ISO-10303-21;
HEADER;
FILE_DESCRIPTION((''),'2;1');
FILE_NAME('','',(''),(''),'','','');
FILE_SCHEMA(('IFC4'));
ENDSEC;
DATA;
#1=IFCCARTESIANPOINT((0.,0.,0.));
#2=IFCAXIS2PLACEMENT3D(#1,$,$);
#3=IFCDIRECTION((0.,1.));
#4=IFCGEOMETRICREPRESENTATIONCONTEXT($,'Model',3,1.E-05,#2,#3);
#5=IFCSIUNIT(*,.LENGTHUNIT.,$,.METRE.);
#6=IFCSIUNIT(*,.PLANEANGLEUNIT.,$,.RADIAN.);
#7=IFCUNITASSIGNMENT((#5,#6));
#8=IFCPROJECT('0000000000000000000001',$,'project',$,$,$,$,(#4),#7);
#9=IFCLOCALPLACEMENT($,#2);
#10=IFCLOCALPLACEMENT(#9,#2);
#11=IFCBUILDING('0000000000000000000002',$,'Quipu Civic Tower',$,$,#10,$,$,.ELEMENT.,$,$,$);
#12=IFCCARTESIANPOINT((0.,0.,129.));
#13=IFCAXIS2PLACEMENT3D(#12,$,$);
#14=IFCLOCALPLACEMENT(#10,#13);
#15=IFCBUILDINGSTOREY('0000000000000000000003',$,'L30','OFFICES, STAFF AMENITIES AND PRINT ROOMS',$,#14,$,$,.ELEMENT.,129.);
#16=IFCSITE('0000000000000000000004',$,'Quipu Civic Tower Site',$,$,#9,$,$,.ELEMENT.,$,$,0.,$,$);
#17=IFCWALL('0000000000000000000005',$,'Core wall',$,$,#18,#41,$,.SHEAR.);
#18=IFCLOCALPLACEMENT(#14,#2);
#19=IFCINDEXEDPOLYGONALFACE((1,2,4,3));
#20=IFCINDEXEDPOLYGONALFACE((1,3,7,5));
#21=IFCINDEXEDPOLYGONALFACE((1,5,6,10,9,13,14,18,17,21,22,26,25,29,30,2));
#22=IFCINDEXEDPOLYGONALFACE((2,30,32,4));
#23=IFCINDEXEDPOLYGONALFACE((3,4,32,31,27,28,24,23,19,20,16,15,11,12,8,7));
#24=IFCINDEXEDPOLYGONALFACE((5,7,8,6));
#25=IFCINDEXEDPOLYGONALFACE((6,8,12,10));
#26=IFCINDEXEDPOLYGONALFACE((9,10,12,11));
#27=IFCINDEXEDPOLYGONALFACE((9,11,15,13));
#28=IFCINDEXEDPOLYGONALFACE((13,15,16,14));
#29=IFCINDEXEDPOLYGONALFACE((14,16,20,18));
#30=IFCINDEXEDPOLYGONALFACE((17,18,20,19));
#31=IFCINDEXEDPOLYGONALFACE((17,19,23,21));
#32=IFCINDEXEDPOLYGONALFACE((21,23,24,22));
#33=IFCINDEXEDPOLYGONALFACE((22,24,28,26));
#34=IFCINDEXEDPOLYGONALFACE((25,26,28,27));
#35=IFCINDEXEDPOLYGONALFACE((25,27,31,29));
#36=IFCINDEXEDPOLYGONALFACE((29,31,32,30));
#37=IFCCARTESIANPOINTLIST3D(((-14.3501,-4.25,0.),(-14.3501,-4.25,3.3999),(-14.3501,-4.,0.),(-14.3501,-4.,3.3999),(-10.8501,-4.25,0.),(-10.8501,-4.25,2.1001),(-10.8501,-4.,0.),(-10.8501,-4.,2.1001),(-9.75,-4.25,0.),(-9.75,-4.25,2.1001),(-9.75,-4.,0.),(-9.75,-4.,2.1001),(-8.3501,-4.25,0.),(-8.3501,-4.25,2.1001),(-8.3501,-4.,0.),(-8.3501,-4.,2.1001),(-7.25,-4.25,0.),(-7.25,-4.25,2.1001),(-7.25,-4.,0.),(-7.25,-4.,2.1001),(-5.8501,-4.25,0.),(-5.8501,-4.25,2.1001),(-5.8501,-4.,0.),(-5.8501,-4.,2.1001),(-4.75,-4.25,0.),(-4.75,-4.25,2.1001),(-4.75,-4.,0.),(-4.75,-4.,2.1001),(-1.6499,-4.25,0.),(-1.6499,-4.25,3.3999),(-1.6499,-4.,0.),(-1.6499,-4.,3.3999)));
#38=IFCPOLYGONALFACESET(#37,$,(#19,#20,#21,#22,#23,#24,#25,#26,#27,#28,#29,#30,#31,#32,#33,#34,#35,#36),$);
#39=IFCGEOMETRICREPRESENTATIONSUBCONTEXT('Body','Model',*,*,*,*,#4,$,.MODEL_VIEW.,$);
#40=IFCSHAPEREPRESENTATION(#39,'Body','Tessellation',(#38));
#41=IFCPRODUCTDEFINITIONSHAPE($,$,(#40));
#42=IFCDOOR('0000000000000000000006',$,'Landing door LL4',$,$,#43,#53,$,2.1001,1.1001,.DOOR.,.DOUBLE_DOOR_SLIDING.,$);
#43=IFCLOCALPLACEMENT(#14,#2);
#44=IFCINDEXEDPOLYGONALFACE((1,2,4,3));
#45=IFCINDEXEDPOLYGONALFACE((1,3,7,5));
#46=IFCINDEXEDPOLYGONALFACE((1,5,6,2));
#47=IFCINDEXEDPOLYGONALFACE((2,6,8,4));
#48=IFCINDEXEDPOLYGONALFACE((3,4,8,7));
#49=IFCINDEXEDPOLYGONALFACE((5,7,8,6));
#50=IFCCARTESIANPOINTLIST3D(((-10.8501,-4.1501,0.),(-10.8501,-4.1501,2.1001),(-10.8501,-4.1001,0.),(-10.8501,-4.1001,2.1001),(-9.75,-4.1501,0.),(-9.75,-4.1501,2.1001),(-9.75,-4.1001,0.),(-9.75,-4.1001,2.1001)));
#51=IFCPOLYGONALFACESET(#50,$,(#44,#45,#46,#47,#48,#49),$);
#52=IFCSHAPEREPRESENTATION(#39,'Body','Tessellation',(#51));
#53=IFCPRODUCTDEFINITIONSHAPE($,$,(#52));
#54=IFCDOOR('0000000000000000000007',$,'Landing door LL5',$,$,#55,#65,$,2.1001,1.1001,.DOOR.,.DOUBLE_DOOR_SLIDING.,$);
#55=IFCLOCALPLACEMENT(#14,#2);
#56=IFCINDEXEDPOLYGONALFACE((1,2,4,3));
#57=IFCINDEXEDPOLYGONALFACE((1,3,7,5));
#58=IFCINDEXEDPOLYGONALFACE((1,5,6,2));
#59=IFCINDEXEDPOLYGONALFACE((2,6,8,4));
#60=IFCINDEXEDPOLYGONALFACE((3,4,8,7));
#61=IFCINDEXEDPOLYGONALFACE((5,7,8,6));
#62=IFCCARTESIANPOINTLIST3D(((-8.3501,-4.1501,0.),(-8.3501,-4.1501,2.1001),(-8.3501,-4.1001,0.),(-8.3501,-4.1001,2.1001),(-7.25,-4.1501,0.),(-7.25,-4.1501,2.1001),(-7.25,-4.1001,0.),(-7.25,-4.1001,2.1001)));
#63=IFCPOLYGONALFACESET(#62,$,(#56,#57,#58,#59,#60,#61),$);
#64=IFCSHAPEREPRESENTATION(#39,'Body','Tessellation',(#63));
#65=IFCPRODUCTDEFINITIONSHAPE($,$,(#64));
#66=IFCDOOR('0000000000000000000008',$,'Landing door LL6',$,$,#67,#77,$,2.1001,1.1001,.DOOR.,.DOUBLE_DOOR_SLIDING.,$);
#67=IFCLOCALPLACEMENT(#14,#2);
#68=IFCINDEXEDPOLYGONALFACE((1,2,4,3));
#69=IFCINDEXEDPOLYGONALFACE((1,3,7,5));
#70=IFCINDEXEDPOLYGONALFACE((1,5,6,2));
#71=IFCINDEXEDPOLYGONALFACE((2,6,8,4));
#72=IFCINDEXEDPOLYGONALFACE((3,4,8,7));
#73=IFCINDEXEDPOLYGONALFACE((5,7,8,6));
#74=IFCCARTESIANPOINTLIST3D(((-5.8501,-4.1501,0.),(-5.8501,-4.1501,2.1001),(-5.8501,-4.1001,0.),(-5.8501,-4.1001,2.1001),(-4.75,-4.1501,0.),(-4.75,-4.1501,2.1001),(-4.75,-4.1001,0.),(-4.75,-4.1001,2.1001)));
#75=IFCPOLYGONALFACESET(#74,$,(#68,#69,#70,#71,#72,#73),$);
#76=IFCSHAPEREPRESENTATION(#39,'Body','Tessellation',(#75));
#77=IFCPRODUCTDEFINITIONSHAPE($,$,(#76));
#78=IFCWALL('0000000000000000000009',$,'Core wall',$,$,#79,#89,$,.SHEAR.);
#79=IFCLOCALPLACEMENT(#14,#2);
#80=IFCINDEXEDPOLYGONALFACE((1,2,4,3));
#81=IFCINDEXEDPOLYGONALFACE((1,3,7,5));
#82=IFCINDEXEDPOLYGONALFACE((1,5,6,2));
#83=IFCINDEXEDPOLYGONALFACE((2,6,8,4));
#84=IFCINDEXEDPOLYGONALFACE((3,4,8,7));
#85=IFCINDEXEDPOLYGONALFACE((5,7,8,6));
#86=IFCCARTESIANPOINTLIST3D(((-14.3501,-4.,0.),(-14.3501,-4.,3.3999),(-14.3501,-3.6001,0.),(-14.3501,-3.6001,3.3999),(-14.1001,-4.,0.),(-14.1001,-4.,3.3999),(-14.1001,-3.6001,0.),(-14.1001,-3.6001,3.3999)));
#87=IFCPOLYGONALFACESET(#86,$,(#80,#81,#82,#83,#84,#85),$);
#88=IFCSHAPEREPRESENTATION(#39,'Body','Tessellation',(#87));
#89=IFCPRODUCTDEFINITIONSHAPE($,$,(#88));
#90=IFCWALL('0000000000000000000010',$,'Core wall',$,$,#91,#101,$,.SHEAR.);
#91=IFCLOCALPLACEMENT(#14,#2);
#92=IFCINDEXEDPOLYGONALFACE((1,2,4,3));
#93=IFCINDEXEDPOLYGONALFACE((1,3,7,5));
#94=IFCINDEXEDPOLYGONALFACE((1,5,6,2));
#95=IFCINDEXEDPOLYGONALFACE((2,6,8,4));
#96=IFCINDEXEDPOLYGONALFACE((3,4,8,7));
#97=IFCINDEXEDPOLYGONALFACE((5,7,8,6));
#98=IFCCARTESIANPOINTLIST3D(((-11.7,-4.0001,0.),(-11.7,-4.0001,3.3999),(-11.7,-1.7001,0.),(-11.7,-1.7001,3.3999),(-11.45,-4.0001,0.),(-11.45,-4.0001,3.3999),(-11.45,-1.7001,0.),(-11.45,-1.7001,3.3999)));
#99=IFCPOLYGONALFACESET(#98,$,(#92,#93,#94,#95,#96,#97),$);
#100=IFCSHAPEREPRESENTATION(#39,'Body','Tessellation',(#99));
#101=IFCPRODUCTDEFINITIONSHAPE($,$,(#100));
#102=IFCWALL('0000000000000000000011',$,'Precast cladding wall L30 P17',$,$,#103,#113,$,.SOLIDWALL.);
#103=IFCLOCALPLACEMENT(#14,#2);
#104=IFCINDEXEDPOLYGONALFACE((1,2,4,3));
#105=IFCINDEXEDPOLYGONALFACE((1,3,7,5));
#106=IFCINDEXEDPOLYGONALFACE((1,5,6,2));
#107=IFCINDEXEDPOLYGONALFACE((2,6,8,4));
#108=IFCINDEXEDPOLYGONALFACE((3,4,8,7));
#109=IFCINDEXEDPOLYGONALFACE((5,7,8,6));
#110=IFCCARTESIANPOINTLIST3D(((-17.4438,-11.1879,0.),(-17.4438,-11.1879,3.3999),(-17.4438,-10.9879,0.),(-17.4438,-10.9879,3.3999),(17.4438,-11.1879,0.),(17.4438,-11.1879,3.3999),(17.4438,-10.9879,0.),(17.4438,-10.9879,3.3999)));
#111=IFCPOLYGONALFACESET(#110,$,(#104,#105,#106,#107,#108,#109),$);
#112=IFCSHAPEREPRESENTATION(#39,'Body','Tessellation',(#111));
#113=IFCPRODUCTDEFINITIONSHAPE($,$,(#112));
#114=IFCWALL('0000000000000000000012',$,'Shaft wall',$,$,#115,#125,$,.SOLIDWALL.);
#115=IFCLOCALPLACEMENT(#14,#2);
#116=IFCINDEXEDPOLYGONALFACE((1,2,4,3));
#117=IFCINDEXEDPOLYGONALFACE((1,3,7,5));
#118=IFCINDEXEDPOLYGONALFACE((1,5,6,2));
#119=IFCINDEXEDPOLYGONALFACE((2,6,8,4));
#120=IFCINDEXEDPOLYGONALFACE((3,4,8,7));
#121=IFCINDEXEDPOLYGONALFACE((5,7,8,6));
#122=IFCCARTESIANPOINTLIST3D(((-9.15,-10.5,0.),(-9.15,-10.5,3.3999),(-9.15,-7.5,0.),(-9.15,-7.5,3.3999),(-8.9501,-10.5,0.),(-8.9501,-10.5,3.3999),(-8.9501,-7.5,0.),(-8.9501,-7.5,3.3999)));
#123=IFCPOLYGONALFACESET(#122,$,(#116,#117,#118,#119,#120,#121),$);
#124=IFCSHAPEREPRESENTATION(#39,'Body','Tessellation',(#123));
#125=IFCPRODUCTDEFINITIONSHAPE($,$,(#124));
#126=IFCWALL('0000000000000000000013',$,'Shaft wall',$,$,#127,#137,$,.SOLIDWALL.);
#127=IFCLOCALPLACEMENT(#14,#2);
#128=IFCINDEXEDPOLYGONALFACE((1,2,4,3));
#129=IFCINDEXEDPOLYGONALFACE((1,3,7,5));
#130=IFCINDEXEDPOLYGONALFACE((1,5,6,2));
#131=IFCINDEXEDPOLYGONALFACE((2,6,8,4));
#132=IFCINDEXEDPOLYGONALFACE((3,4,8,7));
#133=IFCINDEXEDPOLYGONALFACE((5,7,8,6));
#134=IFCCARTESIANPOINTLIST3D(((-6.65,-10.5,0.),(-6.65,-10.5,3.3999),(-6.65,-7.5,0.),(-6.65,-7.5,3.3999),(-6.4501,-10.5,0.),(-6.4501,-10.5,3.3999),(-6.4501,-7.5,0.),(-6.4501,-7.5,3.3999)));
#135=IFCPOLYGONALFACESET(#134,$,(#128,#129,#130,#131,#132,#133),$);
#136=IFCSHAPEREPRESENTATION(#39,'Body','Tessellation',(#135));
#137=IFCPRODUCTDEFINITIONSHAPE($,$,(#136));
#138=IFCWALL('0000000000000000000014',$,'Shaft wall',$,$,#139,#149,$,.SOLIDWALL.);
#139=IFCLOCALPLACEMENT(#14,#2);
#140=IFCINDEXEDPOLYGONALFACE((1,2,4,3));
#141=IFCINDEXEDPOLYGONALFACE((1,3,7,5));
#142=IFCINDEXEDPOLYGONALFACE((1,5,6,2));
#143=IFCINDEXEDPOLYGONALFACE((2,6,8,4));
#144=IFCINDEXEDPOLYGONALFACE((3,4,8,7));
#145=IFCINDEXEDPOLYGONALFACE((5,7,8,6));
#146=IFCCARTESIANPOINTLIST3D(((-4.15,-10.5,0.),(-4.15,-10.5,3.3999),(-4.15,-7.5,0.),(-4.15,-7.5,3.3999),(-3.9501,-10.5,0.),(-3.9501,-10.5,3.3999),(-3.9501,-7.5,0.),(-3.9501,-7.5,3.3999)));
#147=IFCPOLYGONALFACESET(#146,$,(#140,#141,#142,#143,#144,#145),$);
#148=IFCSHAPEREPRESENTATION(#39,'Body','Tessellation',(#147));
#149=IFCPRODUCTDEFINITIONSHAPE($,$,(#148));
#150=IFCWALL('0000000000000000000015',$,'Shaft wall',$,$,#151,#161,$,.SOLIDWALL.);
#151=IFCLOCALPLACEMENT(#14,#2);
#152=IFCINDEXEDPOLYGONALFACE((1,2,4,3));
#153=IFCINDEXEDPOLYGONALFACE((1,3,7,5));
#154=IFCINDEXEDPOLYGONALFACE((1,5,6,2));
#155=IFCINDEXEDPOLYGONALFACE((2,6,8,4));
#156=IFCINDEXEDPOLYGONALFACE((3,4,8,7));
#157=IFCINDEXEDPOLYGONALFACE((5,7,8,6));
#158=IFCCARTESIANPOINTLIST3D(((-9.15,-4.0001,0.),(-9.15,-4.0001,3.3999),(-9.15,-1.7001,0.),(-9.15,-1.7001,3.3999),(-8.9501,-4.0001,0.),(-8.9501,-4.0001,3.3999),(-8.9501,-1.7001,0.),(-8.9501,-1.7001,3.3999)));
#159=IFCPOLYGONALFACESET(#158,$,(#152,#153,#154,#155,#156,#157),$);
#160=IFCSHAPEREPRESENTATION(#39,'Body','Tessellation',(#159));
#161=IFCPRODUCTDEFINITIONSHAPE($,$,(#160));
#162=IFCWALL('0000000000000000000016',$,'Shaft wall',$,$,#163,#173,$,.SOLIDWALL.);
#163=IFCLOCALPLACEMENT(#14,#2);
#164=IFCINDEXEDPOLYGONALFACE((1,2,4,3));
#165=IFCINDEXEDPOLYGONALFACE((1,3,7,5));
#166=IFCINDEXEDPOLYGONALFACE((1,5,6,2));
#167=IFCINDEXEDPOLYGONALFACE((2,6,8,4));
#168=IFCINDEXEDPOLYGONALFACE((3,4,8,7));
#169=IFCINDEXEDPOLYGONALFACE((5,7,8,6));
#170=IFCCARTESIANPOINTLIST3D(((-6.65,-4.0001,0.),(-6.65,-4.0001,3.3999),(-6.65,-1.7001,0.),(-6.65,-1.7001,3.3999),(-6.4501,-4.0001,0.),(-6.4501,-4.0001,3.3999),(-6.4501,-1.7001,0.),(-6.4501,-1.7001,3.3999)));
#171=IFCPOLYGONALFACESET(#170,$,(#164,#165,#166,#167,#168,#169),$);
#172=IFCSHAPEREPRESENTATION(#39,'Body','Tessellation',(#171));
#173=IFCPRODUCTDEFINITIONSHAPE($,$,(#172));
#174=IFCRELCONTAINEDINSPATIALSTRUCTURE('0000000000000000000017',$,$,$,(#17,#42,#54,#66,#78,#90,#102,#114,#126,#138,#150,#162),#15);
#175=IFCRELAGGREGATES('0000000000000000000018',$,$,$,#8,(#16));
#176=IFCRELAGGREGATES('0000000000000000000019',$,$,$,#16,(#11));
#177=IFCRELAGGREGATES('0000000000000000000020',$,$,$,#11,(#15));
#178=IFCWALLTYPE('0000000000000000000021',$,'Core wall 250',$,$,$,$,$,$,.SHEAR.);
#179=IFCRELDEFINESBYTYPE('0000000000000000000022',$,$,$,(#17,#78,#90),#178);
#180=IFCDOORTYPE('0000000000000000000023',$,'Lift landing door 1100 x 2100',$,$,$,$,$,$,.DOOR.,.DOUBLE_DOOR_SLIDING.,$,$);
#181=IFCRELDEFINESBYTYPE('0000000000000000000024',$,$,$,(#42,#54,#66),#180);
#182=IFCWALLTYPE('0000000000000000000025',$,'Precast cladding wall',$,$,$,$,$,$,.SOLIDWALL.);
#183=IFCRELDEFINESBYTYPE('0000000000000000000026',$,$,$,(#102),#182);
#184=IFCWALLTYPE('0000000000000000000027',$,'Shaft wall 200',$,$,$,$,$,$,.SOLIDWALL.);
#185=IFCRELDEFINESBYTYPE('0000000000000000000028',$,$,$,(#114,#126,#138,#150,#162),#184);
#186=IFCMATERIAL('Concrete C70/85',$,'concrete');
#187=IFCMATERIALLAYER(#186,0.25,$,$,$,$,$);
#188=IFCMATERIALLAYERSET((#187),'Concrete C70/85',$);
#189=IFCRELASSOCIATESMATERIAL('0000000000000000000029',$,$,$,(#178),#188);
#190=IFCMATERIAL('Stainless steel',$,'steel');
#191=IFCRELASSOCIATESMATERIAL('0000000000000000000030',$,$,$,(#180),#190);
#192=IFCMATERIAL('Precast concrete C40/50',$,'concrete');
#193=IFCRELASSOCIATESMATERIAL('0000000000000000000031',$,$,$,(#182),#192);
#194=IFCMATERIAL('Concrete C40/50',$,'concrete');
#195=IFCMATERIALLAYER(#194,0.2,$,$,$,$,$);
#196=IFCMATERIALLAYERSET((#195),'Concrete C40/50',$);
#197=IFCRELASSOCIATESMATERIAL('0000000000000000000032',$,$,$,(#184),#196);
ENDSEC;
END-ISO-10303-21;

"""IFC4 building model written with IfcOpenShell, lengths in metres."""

from ifc_helpers import new_model, si_unit, direction, frame, frame_2d, origin, place, context, subcontext, project, spatial, rectangle, extrude, material, layer, layer_set, type_object, element, fill, save


model = new_model("IFC4")

# Units and contexts
model_context = context("Model", 3, precision=1e-05, world=origin(), true_north=direction((0.0, 1.0)))
body_context = subcontext(model_context, "Body", "Model", "MODEL_VIEW")
ifc_project = project(units=[si_unit("LENGTHUNIT", "METRE"), si_unit("PLANEANGLEUNIT", "RADIAN")], contexts=[model_context])

# Site, building, storey
site_placement = place(None, origin())
site = spatial("IfcSite", under=ifc_project, at=site_placement, Name="Quipu Civic Tower Site", CompositionType="ELEMENT", RefElevation=0.0)
building_placement = place(site_placement, origin())
building = spatial("IfcBuilding", under=site, at=building_placement, Name="Quipu Civic Tower", CompositionType="ELEMENT")
storey_placement = place(building_placement, frame((0.0, 0.0, 129.0)))
storey = spatial("IfcBuildingStorey", under=building, at=storey_placement, Name="L30", Description="OFFICES, STAFF AMENITIES AND PRINT ROOMS", CompositionType="ELEMENT", Elevation=129.0)

# Shared definitions
ifc_material_1 = material(Name="Concrete C70/85", Category="concrete")
ifc_layer_1 = layer(ifc_material_1, 0.25)
ifc_layer_set_1 = layer_set([ifc_layer_1], Name="Concrete C70/85")
wall_type_1 = type_object("IfcWallType", Name="Core wall 250", PredefinedType="SHEAR", material=ifc_layer_set_1)

# Wall, openings, doors
wall_1_placement = place(storey_placement, frame((-14.3501, -4.125, 0.0), z_axis=(0.0, 0.0, 1.0), x_axis=(1.0, 0.0, 0.0)))
wall_1 = element("IfcWall", 1, at=wall_1_placement, inside=storey, type_object=wall_type_1, Name="Core wall", PredefinedType="SHEAR", context=body_context, shape_type="SweptSolid", body=[
    extrude(rectangle(XDim=12.7002, YDim=0.25, at=frame_2d((6.3501, 0.0))), origin(), (0.0, 0.0, 1.0), 3.3999),
])
opening_1_placement = place(wall_1_placement, frame((3.5, 0.0, 0.0)))
opening_1 = element("IfcOpeningElement", 2, at=opening_1_placement, cuts=wall_1, PredefinedType="OPENING", context=body_context, shape_type="SweptSolid", body=[
    extrude(rectangle(XDim=1.1001, YDim=2.1001, at=frame_2d((0.55, 1.05))), frame((0.0, 0.135, 0.0), z_axis=(0.0, -1.0, 0.0), x_axis=(1.0, 0.0, 0.0)), (0.0, 0.0, 1.0), 0.27),
])
opening_2_placement = place(wall_1_placement, frame((6.0, 0.0, 0.0)))
opening_2 = element("IfcOpeningElement", 3, at=opening_2_placement, cuts=wall_1, PredefinedType="OPENING", context=body_context, shape_type="SweptSolid", body=[
    extrude(rectangle(XDim=1.1001, YDim=2.1001, at=frame_2d((0.55, 1.05))), frame((0.0, 0.135, 0.0), z_axis=(0.0, -1.0, 0.0), x_axis=(1.0, 0.0, 0.0)), (0.0, 0.0, 1.0), 0.27),
])
opening_3_placement = place(wall_1_placement, frame((8.5, 0.0, 0.0)))
opening_3 = element("IfcOpeningElement", 4, at=opening_3_placement, cuts=wall_1, PredefinedType="OPENING", context=body_context, shape_type="SweptSolid", body=[
    extrude(rectangle(XDim=1.1001, YDim=2.1001, at=frame_2d((0.55, 1.05))), frame((0.0, 0.135, 0.0), z_axis=(0.0, -1.0, 0.0), x_axis=(1.0, 0.0, 0.0)), (0.0, 0.0, 1.0), 0.27),
])
ifc_material_2 = material(Name="Stainless steel", Category="steel")
door_type_1 = type_object("IfcDoorType", Name="Lift landing door 1100 x 2100", OperationType="DOUBLE_DOOR_SLIDING", PredefinedType="DOOR", material=ifc_material_2)
door_1_placement = place(opening_1_placement, origin())
door_1 = element("IfcDoor", 5, at=door_1_placement, inside=storey, type_object=door_type_1, Name="Landing door LL4", OperationType="DOUBLE_DOOR_SLIDING", OverallHeight=2.1001, OverallWidth=1.1001, PredefinedType="DOOR", context=body_context, shape_type="SweptSolid", body=[
    extrude(rectangle(XDim=1.1001, YDim=2.1001, at=frame_2d((0.55, 1.05))), frame((0.0, 0.0249, 0.0), z_axis=(0.0, -1.0, 0.0), x_axis=(1.0, 0.0, 0.0)), (0.0, 0.0, 1.0), 0.05),
])
fill(opening_1, door_1)
door_2_placement = place(opening_2_placement, origin())
door_2 = element("IfcDoor", 6, at=door_2_placement, inside=storey, type_object=door_type_1, Name="Landing door LL5", OperationType="DOUBLE_DOOR_SLIDING", OverallHeight=2.1001, OverallWidth=1.1001, PredefinedType="DOOR", context=body_context, shape_type="SweptSolid", body=[
    extrude(rectangle(XDim=1.1001, YDim=2.1001, at=frame_2d((0.55, 1.05))), frame((0.0, 0.0249, 0.0), z_axis=(0.0, -1.0, 0.0), x_axis=(1.0, 0.0, 0.0)), (0.0, 0.0, 1.0), 0.05),
])
fill(opening_2, door_2)
door_3_placement = place(opening_3_placement, origin())
door_3 = element("IfcDoor", 7, at=door_3_placement, inside=storey, type_object=door_type_1, Name="Landing door LL6", OperationType="DOUBLE_DOOR_SLIDING", OverallHeight=2.1001, OverallWidth=1.1001, PredefinedType="DOOR", context=body_context, shape_type="SweptSolid", body=[
    extrude(rectangle(XDim=1.1001, YDim=2.1001, at=frame_2d((0.55, 1.05))), frame((0.0, 0.0249, 0.0), z_axis=(0.0, -1.0, 0.0), x_axis=(1.0, 0.0, 0.0)), (0.0, 0.0, 1.0), 0.05),
])
fill(opening_3, door_3)

# Walls
wall_2_placement = place(storey_placement, frame((-14.2251, -4.0, 0.0), z_axis=(0.0, 0.0, 1.0), x_axis=(0.0, 1.0, 0.0)))
element("IfcWall", 8, at=wall_2_placement, inside=storey, type_object=wall_type_1, Name="Core wall", PredefinedType="SHEAR", context=body_context, shape_type="SweptSolid", body=[
    extrude(rectangle(XDim=0.3999, YDim=0.25, at=frame_2d((0.2, 0.0))), origin(), (0.0, 0.0, 1.0), 3.3999),
])
wall_3_placement = place(storey_placement, frame((-11.575, -4.0, 0.0), z_axis=(0.0, 0.0, 1.0), x_axis=(0.0, 1.0, 0.0)))
element("IfcWall", 9, at=wall_3_placement, inside=storey, type_object=wall_type_1, Name="Core wall", PredefinedType="SHEAR", context=body_context, shape_type="SweptSolid", body=[
    extrude(rectangle(XDim=2.3, YDim=0.25, at=frame_2d((1.1499, 0.0))), origin(), (0.0, 0.0, 1.0), 3.3999),
])
ifc_material_3 = material(Name="Precast concrete C40/50", Category="concrete")
wall_type_2 = type_object("IfcWallType", Name="Precast cladding wall", PredefinedType="SOLIDWALL", material=ifc_material_3)
wall_4_placement = place(storey_placement, frame((-17.4438, -11.0879, 0.0), z_axis=(0.0, 0.0, 1.0), x_axis=(1.0, 0.0, 0.0)))
element("IfcWall", 10, at=wall_4_placement, inside=storey, type_object=wall_type_2, Name="Precast cladding wall L30 P17", PredefinedType="SOLIDWALL", context=body_context, shape_type="SweptSolid", body=[
    extrude(rectangle(XDim=34.8877, YDim=0.2, at=frame_2d((17.4438, 0.0))), origin(), (0.0, 0.0, 1.0), 3.3999),
])
ifc_material_4 = material(Name="Concrete C40/50", Category="concrete")
ifc_layer_2 = layer(ifc_material_4, 0.2)
ifc_layer_set_2 = layer_set([ifc_layer_2], Name="Concrete C40/50")
wall_type_3 = type_object("IfcWallType", Name="Shaft wall 200", PredefinedType="SOLIDWALL", material=ifc_layer_set_2)
for number, where, z_axis, x_axis, name in (
    (11, (-9.05, -10.5, 0.0), (0.0, 0.0, 1.0), (0.0, 1.0, 0.0), "Shaft wall"),
    (12, (-6.55, -10.5, 0.0), (0.0, 0.0, 1.0), (0.0, 1.0, 0.0), "Shaft wall"),
    (13, (-4.05, -10.5, 0.0), (0.0, 0.0, 1.0), (0.0, 1.0, 0.0), "Shaft wall"),
):
    element("IfcWall", number, at=place(storey_placement, frame(where, z_axis=z_axis, x_axis=x_axis)), inside=storey, type_object=wall_type_3, Name=name, PredefinedType="SOLIDWALL", context=body_context, shape_type="SweptSolid", body=[
        extrude(rectangle(XDim=3.0, YDim=0.2, at=frame_2d((1.5, 0.0))), origin(), (0.0, 0.0, 1.0), 3.3999),
    ])
for number, where, z_axis, x_axis, name in (
    (14, (-9.05, -4.0, 0.0), (0.0, 0.0, 1.0), (0.0, 1.0, 0.0), "Shaft wall"),
    (15, (-6.55, -4.0, 0.0), (0.0, 0.0, 1.0), (0.0, 1.0, 0.0), "Shaft wall"),
):
    element("IfcWall", number, at=place(storey_placement, frame(where, z_axis=z_axis, x_axis=x_axis)), inside=storey, type_object=wall_type_3, Name=name, PredefinedType="SOLIDWALL", context=body_context, shape_type="SweptSolid", body=[
        extrude(rectangle(XDim=2.3, YDim=0.2, at=frame_2d((1.1499, 0.0))), origin(), (0.0, 0.0, 1.0), 3.3999),
    ])

save(model, "model.ifc")
